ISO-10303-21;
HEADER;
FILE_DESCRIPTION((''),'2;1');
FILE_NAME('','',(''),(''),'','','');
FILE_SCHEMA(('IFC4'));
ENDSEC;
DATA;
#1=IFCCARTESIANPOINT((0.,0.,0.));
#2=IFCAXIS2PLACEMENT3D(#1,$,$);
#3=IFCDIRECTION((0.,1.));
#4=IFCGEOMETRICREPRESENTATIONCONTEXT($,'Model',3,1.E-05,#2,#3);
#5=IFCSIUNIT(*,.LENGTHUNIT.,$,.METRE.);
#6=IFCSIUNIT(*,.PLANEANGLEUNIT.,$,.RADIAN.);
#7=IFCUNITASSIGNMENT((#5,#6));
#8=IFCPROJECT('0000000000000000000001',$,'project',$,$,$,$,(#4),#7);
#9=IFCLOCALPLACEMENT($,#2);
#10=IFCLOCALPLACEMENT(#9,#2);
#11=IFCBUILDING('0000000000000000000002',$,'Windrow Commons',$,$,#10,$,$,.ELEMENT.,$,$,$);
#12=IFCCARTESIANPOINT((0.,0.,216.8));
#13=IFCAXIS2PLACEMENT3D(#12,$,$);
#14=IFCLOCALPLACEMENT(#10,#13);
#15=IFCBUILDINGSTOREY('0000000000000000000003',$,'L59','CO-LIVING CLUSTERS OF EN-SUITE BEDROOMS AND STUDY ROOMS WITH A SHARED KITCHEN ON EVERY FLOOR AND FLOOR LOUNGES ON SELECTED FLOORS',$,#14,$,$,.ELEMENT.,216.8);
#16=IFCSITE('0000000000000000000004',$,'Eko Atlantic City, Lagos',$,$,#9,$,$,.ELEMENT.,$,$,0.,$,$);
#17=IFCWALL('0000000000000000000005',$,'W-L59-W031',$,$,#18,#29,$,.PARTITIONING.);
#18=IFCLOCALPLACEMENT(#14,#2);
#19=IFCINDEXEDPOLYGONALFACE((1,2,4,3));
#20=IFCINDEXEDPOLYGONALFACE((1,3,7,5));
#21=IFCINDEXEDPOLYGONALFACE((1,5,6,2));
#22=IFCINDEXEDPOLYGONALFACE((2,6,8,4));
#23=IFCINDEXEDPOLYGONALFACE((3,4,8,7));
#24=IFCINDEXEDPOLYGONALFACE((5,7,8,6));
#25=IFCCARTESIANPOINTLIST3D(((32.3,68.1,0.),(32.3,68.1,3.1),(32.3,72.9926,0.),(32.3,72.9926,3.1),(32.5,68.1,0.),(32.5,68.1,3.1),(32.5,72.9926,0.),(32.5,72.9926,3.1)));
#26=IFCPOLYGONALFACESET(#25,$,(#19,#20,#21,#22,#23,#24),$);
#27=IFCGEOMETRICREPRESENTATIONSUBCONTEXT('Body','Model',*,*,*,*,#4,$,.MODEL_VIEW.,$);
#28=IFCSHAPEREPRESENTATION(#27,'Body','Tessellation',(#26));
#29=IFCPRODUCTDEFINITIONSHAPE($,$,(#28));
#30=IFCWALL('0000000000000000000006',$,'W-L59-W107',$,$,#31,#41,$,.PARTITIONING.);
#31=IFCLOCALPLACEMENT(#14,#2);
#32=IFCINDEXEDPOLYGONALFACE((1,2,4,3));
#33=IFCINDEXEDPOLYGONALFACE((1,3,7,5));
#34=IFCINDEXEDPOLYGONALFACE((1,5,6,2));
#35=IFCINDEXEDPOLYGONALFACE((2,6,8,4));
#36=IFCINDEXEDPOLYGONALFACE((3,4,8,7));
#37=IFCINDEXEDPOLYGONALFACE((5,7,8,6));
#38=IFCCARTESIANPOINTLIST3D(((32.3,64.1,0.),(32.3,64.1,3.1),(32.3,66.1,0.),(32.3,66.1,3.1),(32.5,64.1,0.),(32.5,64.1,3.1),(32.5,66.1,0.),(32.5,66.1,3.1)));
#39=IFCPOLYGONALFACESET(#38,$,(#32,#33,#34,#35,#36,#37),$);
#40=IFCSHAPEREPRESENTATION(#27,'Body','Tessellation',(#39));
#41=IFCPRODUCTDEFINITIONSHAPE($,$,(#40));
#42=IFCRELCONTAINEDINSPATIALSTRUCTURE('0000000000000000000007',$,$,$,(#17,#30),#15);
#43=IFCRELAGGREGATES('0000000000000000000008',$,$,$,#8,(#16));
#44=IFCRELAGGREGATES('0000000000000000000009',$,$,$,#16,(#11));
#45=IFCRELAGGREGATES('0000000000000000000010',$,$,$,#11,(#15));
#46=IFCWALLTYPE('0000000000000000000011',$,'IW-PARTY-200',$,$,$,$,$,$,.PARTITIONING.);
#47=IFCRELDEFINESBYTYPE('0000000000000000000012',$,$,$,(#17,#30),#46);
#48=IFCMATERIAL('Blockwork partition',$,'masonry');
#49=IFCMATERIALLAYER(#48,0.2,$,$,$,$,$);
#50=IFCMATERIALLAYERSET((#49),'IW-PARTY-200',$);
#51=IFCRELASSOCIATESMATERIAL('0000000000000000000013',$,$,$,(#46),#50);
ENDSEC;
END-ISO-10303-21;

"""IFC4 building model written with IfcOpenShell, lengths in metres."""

from ifc_helpers import new_model, si_unit, direction, frame, frame_2d, origin, place, context, subcontext, project, spatial, rectangle, extrude, material, layer, layer_set, type_object, element, save


model = new_model("IFC4")

# Units and contexts
model_context = context("Model", 3, precision=1e-05, world=origin(), true_north=direction((0.0, 1.0)))
body_context = subcontext(model_context, "Body", "Model", "MODEL_VIEW")
ifc_project = project(units=[si_unit("LENGTHUNIT", "METRE"), si_unit("PLANEANGLEUNIT", "RADIAN")], contexts=[model_context])

# Site, building, storey
site_placement = place(None, origin())
site = spatial("IfcSite", under=ifc_project, at=site_placement, Name="Eko Atlantic City, Lagos", CompositionType="ELEMENT", RefElevation=0.0)
building_placement = place(site_placement, origin())
building = spatial("IfcBuilding", under=site, at=building_placement, Name="Windrow Commons", CompositionType="ELEMENT")
storey_placement = place(building_placement, frame((0.0, 0.0, 216.8)))
storey = spatial("IfcBuildingStorey", under=building, at=storey_placement, Name="L59", Description="CO-LIVING CLUSTERS OF EN-SUITE BEDROOMS AND STUDY ROOMS WITH A SHARED KITCHEN ON EVERY FLOOR AND FLOOR LOUNGES ON SELECTED FLOORS", CompositionType="ELEMENT", Elevation=216.8)

# Walls
ifc_material_1 = material(Name="Blockwork partition", Category="masonry")
ifc_layer_1 = layer(ifc_material_1, 0.2)
ifc_layer_set_1 = layer_set([ifc_layer_1], Name="IW-PARTY-200")
wall_type_1 = type_object("IfcWallType", Name="IW-PARTY-200", PredefinedType="PARTITIONING", material=ifc_layer_set_1)
wall_1_placement = place(storey_placement, frame((32.4, 68.1, 0.0), z_axis=(0.0, 0.0, 1.0), x_axis=(0.0, 1.0, 0.0)))
element("IfcWall", 1, at=wall_1_placement, inside=storey, type_object=wall_type_1, Name="W-L59-W031", PredefinedType="PARTITIONING", context=body_context, shape_type="SweptSolid", body=[
    extrude(rectangle(XDim=4.8925, YDim=0.2, at=frame_2d((2.4463, 0.0))), origin(), (0.0, 0.0, 1.0), 3.1),
])
wall_2_placement = place(storey_placement, frame((32.4, 64.1, 0.0), z_axis=(0.0, 0.0, 1.0), x_axis=(0.0, 1.0, 0.0)))
element("IfcWall", 2, at=wall_2_placement, inside=storey, type_object=wall_type_1, Name="W-L59-W107", PredefinedType="PARTITIONING", context=body_context, shape_type="SweptSolid", body=[
    extrude(rectangle(XDim=2.0, YDim=0.2, at=frame_2d((1.0, 0.0))), origin(), (0.0, 0.0, 1.0), 3.1),
])

save(model, "model.ifc")
